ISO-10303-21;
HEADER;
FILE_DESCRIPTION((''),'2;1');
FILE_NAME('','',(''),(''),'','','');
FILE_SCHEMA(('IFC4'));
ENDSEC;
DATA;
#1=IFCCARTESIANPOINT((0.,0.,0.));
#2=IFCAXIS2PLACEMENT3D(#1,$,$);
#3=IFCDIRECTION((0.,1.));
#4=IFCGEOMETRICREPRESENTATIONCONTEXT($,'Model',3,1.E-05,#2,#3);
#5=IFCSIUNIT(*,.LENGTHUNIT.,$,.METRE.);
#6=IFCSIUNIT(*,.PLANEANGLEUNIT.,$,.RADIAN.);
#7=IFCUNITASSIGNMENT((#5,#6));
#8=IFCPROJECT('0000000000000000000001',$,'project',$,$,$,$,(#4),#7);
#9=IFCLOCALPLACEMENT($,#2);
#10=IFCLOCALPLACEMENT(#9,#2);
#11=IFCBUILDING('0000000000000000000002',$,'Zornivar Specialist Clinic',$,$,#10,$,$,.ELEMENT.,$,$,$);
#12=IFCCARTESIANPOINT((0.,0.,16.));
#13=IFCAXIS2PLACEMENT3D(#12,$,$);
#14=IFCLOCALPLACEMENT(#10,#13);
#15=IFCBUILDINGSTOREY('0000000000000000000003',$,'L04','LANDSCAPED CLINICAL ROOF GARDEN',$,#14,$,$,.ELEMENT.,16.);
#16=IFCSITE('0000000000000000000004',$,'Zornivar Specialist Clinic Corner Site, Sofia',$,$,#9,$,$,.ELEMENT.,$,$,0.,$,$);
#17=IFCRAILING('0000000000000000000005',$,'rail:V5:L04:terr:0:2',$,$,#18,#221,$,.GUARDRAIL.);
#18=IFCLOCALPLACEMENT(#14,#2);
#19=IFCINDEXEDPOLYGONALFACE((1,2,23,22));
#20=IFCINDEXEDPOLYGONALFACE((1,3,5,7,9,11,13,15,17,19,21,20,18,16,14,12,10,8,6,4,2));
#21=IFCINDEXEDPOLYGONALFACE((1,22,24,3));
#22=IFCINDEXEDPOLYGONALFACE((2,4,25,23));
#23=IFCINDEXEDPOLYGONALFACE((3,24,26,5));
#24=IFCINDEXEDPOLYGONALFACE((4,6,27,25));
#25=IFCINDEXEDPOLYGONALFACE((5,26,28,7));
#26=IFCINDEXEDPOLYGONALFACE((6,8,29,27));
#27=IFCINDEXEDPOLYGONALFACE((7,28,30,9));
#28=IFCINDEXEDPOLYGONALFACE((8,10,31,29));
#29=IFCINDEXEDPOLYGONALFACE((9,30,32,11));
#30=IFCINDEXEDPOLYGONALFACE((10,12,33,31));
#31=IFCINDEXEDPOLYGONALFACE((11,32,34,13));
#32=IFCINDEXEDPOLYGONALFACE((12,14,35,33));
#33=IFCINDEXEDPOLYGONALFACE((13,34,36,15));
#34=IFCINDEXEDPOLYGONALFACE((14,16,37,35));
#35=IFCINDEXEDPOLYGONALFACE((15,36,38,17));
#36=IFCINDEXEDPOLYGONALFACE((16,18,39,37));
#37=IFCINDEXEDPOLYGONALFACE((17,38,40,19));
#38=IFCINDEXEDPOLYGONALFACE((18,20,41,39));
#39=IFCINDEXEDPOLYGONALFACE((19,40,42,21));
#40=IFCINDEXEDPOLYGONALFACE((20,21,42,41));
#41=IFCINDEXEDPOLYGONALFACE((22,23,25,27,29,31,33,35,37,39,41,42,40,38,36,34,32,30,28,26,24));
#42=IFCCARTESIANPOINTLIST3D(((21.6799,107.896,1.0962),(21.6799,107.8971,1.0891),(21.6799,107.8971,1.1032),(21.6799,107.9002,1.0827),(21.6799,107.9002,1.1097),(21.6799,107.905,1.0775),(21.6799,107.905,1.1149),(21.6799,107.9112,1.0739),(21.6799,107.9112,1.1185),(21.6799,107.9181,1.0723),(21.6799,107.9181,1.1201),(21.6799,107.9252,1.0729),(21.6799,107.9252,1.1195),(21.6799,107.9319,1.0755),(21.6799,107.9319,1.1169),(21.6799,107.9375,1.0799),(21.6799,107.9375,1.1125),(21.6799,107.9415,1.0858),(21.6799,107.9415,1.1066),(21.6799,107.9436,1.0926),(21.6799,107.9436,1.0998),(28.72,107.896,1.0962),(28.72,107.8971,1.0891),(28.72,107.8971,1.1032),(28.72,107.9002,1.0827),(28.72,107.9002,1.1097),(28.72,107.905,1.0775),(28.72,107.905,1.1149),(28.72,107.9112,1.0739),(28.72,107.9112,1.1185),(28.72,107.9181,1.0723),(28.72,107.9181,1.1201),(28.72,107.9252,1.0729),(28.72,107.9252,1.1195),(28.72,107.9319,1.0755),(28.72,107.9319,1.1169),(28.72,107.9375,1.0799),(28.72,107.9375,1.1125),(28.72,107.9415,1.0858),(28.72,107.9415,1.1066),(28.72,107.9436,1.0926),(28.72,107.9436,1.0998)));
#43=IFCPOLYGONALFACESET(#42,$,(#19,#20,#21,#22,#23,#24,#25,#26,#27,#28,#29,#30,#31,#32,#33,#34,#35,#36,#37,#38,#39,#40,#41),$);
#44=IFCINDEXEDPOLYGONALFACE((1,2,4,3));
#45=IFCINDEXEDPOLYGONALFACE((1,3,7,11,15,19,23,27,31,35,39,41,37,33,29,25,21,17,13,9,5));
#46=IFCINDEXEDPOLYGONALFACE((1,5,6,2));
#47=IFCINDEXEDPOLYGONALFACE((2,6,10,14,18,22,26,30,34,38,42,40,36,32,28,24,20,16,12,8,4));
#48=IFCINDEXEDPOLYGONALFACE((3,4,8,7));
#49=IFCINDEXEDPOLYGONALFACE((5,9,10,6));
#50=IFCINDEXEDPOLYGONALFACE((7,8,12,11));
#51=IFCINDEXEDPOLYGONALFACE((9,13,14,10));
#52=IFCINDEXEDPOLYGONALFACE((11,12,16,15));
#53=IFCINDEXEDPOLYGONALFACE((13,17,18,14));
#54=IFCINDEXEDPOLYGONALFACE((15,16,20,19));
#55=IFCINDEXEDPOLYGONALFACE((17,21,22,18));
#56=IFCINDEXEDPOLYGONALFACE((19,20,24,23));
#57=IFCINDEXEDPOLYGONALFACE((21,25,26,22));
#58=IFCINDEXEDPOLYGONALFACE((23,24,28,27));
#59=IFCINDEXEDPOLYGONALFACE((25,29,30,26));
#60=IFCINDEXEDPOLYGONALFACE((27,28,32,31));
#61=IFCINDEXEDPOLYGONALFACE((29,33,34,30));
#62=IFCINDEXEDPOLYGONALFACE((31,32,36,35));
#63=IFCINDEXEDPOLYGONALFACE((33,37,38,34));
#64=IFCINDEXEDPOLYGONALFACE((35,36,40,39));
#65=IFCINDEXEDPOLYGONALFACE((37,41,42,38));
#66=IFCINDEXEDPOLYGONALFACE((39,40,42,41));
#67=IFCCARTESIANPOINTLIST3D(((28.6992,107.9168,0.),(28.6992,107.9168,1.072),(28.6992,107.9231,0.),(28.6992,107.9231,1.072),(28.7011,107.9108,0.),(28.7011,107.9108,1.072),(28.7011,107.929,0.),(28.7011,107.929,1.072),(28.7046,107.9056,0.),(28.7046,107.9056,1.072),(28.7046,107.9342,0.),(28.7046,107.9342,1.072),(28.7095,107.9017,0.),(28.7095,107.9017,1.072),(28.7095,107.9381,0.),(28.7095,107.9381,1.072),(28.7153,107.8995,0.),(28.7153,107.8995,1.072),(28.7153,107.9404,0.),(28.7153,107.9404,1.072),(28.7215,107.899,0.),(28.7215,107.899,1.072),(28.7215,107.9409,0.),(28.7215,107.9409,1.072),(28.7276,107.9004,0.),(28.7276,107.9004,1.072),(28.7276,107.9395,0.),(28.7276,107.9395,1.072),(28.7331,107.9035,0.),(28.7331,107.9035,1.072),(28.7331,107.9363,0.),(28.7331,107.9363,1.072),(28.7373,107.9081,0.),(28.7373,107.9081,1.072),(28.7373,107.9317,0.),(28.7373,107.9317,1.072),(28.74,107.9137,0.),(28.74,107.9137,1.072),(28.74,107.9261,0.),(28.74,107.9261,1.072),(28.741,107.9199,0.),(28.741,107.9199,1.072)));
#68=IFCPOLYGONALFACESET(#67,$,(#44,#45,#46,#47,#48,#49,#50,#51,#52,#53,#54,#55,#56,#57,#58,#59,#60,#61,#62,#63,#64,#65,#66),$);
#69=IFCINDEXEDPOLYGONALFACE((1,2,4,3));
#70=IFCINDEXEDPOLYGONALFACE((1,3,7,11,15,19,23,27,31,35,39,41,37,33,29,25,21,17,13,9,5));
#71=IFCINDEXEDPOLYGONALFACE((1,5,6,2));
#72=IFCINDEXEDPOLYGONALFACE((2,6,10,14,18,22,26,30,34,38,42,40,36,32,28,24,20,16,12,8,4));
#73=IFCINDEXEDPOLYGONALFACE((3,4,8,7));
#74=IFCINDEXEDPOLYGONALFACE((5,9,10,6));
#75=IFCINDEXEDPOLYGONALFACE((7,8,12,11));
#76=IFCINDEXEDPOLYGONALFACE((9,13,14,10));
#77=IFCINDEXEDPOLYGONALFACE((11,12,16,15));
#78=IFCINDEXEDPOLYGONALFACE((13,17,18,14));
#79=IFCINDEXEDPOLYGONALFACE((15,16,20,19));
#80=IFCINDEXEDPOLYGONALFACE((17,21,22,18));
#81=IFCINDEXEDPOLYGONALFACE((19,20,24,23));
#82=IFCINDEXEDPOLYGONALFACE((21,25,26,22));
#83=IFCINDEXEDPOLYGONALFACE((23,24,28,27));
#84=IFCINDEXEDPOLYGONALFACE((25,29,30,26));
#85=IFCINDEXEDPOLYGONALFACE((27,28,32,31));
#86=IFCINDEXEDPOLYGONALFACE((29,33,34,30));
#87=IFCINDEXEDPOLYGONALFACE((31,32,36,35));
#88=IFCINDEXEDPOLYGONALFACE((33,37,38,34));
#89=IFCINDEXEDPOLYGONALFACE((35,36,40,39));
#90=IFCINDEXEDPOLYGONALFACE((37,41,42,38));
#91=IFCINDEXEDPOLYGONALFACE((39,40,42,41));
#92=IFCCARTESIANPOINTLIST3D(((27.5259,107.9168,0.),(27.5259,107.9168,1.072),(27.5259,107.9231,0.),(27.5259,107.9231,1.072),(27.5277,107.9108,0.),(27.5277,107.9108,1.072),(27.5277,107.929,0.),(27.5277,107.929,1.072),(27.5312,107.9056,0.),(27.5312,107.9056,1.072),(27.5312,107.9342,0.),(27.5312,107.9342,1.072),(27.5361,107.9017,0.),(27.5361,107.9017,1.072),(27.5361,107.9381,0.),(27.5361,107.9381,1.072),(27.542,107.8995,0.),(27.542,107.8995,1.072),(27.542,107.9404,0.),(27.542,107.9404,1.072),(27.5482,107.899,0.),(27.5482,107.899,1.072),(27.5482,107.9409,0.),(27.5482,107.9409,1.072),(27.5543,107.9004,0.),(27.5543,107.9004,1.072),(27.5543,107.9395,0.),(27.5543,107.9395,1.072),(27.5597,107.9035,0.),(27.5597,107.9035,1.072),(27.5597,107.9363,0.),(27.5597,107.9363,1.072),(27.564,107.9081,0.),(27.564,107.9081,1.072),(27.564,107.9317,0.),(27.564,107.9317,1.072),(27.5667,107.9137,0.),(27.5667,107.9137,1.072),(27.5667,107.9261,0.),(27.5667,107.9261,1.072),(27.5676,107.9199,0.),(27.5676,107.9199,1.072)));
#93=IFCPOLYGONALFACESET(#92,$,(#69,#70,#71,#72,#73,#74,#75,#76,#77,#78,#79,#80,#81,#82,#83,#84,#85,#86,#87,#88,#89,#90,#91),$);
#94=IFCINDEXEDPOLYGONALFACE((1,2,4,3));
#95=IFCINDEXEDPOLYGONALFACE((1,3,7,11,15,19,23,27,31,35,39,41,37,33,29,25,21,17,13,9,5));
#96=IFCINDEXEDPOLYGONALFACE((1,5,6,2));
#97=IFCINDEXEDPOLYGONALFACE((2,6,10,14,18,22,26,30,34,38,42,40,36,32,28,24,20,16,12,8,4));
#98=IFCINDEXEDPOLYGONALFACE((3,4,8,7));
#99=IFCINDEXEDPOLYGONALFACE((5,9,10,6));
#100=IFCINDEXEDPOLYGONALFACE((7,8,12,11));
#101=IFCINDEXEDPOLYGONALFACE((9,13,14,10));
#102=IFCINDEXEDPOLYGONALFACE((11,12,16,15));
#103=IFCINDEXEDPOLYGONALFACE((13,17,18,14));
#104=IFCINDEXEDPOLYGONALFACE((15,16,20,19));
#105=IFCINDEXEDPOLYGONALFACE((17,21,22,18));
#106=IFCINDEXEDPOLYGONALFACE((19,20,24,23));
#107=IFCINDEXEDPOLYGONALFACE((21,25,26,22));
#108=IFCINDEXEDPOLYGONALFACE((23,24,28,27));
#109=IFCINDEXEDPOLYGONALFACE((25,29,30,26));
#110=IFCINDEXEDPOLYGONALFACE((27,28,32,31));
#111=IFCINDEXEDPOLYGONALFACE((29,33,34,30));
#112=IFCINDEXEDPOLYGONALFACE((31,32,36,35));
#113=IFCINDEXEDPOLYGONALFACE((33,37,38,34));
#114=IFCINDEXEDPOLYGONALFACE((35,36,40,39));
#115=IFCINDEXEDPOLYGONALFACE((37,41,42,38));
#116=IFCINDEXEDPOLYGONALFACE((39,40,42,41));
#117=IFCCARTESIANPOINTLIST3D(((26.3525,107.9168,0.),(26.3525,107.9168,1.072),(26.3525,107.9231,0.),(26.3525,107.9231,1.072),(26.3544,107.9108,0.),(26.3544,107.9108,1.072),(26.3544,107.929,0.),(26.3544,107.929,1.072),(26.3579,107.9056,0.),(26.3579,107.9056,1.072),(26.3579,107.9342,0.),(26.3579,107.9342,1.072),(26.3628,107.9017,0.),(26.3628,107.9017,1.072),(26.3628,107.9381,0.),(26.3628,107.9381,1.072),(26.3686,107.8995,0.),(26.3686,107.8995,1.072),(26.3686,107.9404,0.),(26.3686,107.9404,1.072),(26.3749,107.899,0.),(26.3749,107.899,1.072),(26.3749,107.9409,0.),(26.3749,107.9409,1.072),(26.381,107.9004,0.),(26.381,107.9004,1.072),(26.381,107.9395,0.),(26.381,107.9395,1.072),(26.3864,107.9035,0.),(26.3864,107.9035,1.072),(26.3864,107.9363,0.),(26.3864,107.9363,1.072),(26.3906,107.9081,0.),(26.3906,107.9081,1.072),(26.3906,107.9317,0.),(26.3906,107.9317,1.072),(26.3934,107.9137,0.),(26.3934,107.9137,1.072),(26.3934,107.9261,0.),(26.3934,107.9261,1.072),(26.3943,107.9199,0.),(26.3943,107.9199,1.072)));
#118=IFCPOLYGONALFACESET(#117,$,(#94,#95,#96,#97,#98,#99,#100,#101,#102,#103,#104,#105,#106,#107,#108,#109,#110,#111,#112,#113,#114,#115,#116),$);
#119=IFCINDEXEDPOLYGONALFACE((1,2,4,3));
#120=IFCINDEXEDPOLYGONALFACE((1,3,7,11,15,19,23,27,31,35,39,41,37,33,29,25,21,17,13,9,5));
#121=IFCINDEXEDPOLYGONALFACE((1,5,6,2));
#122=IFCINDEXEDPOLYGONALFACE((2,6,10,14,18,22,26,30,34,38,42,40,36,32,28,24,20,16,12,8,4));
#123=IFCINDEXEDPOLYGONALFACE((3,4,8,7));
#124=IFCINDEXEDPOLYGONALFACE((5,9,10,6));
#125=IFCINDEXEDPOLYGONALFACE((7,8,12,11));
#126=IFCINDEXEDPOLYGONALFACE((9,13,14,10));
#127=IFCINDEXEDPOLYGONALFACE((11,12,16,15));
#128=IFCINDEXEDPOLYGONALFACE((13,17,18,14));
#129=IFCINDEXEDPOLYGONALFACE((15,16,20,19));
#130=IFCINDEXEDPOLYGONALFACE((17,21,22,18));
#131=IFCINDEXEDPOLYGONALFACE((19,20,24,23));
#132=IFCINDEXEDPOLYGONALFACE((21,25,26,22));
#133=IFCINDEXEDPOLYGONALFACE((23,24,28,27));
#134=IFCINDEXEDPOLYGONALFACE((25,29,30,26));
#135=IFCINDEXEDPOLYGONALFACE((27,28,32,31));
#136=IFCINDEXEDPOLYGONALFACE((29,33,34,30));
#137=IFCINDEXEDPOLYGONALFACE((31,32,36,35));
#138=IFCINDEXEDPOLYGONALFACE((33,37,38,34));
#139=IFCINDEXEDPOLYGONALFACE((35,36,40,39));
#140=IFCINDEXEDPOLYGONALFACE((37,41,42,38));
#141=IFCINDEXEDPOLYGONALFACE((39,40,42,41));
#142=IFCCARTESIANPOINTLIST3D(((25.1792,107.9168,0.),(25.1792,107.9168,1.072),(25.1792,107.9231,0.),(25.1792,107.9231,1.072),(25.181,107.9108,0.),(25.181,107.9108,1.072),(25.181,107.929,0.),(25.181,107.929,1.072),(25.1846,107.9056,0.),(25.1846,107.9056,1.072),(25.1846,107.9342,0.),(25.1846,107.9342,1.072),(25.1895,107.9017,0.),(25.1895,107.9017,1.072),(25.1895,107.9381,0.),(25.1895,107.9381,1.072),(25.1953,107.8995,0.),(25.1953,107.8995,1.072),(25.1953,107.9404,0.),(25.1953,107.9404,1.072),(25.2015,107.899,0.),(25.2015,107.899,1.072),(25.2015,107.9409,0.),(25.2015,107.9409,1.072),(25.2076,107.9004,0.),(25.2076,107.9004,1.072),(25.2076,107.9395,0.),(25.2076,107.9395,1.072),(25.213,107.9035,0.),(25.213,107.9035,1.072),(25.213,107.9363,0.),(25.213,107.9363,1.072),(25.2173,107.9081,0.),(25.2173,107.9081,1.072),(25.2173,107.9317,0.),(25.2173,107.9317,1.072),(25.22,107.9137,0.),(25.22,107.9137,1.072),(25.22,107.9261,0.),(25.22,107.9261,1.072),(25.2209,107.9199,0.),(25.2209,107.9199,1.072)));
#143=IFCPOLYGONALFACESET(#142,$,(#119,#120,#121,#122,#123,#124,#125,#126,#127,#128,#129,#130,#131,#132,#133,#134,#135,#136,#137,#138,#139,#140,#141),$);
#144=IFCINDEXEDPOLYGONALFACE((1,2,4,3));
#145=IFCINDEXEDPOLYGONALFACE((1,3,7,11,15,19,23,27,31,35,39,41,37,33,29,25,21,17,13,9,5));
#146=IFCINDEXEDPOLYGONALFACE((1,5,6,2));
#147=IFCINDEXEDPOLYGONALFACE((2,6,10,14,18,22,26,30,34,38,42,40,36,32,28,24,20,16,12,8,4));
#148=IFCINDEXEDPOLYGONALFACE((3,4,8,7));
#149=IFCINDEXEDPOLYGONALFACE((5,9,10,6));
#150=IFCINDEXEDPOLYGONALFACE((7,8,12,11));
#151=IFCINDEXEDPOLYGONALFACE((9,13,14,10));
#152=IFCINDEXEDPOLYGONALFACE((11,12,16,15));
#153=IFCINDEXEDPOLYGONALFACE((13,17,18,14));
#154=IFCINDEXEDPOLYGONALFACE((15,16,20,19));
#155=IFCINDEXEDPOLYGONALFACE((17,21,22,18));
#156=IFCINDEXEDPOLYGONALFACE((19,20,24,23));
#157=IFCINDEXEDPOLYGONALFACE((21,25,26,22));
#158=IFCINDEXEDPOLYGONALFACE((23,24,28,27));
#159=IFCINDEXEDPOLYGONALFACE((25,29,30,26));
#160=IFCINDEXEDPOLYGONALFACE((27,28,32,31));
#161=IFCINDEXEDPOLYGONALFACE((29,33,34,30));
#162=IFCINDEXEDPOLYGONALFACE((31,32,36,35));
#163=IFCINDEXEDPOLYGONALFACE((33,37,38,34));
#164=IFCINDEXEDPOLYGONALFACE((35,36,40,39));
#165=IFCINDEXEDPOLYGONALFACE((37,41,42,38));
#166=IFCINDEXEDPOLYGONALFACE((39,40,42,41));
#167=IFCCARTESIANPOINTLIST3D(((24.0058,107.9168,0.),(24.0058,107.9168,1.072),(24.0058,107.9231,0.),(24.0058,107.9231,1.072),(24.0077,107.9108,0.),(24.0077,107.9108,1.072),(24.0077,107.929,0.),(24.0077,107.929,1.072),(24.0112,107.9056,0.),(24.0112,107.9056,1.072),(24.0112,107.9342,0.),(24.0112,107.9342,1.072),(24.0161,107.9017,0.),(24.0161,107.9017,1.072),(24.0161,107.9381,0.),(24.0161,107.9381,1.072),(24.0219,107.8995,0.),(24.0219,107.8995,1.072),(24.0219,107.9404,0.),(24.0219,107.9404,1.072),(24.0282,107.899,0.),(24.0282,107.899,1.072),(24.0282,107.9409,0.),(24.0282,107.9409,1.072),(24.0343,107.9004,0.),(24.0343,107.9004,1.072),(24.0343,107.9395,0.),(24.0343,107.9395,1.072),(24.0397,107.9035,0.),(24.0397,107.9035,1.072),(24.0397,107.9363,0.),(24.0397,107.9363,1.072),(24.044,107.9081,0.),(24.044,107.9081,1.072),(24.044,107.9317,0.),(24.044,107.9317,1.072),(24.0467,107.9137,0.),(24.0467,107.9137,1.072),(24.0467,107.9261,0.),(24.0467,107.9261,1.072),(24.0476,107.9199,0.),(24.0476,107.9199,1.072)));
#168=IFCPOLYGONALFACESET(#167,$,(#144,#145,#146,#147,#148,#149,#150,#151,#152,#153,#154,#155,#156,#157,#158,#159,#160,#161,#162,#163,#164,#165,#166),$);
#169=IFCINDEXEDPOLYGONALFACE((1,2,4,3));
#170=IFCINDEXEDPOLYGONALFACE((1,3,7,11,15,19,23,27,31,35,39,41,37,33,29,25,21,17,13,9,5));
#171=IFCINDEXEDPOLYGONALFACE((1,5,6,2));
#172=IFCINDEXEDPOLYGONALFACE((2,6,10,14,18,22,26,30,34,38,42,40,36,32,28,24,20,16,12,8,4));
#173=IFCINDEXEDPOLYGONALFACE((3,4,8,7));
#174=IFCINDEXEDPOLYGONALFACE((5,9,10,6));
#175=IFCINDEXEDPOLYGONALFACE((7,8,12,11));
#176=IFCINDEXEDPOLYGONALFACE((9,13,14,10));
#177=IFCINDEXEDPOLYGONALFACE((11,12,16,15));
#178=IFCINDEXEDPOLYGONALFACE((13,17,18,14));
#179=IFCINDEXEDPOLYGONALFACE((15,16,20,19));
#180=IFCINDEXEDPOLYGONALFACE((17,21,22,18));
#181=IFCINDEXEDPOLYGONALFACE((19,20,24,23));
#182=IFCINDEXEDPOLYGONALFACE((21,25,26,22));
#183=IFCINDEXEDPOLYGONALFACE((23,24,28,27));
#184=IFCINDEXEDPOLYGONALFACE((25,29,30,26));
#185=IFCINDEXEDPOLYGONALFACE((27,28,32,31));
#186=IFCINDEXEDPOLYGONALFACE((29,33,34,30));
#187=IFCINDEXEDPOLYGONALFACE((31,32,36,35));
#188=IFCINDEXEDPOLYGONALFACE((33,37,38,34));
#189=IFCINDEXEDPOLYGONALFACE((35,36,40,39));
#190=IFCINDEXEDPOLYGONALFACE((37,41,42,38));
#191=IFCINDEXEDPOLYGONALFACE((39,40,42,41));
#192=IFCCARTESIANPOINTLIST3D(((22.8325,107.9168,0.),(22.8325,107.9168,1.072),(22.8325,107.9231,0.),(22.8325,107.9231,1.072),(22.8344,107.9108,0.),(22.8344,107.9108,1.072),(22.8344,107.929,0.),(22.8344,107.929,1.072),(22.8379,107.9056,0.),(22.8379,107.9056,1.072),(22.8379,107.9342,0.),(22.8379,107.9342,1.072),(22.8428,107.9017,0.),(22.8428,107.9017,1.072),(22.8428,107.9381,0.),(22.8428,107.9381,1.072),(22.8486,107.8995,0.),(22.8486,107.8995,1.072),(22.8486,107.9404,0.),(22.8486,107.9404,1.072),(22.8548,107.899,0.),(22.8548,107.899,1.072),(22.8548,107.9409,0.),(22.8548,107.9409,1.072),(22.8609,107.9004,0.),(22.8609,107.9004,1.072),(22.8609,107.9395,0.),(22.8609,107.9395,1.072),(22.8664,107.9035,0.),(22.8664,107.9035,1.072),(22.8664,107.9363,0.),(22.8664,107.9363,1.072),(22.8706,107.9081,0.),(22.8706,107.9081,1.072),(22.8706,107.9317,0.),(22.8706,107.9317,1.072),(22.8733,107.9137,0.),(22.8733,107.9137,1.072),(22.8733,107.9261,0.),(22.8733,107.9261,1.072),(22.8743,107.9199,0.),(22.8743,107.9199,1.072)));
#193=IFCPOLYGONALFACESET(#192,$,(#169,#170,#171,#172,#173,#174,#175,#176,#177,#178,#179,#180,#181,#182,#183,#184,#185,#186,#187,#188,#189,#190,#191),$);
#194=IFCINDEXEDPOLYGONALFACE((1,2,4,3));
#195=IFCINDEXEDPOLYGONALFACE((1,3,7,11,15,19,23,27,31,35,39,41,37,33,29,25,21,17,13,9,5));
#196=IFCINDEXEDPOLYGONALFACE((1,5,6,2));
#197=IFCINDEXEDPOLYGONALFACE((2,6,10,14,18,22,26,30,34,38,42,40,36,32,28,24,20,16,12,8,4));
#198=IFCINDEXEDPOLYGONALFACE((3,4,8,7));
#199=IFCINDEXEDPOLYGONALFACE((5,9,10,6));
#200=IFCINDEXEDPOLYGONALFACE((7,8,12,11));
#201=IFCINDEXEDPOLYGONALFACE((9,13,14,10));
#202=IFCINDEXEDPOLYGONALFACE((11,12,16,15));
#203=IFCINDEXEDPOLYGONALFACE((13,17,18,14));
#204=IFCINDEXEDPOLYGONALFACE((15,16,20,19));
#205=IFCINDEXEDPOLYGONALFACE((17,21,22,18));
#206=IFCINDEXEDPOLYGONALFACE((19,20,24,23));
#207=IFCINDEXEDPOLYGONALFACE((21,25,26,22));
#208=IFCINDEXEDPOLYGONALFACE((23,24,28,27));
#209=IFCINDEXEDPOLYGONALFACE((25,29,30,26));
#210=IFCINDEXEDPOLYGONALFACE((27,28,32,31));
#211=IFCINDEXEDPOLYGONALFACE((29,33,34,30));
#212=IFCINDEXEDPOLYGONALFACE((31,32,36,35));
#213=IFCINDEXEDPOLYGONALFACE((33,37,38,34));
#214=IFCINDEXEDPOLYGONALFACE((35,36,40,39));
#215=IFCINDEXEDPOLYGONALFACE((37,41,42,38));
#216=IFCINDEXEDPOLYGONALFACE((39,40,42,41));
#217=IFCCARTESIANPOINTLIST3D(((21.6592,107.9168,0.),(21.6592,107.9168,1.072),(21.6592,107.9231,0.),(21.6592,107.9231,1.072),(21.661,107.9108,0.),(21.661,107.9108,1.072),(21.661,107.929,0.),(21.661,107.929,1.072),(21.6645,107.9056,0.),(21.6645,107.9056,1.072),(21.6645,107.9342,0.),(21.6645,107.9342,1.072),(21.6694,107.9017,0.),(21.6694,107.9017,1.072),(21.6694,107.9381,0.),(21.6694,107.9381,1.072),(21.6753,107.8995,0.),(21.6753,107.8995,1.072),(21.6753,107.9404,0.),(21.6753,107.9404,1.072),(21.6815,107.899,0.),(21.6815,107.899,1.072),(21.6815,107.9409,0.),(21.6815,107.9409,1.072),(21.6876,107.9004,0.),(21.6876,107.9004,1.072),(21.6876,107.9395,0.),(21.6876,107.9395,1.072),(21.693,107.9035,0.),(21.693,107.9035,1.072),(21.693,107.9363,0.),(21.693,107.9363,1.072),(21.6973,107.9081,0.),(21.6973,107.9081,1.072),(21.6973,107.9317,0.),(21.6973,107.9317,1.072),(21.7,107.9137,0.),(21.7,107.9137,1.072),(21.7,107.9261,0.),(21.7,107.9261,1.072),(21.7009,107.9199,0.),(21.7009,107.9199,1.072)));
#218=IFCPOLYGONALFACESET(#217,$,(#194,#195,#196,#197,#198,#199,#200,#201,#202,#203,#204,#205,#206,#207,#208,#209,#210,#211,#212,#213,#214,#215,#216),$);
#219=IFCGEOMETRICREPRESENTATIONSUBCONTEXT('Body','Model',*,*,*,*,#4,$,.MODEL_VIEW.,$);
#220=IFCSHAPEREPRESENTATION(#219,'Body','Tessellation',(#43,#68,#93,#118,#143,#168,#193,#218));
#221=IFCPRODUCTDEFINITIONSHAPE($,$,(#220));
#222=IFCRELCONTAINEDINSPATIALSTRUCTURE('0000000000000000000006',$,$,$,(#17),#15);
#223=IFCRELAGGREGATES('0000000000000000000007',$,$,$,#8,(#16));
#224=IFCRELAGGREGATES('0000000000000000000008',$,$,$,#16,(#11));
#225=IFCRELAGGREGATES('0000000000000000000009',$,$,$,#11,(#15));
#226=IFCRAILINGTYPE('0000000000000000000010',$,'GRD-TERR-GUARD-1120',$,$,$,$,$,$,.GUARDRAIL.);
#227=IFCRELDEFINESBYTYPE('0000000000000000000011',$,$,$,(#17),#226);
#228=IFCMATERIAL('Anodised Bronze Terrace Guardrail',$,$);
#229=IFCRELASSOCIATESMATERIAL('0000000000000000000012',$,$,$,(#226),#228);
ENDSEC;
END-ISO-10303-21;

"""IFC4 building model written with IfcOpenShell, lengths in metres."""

from ifc_helpers import new_model, si_unit, direction, frame, origin, origin_2d, place, context, subcontext, project, spatial, circle, extrude, material, type_object, element, save


model = new_model("IFC4")

# Units and contexts
model_context = context("Model", 3, precision=1e-05, world=origin(), true_north=direction((0.0, 1.0)))
body_context = subcontext(model_context, "Body", "Model", "MODEL_VIEW")
ifc_project = project(units=[si_unit("LENGTHUNIT", "METRE"), si_unit("PLANEANGLEUNIT", "RADIAN")], contexts=[model_context])

# Site, building, storey
site_placement = place(None, origin())
site = spatial("IfcSite", under=ifc_project, at=site_placement, Name="Zornivar Specialist Clinic Corner Site, Sofia", CompositionType="ELEMENT", RefElevation=0.0)
building_placement = place(site_placement, origin())
building = spatial("IfcBuilding", under=site, at=building_placement, Name="Zornivar Specialist Clinic", CompositionType="ELEMENT")
storey_placement = place(building_placement, frame((0.0, 0.0, 16.0)))
storey = spatial("IfcBuildingStorey", under=building, at=storey_placement, Name="L04", Description="LANDSCAPED CLINICAL ROOF GARDEN", CompositionType="ELEMENT", Elevation=16.0)

# Railing
ifc_material_1 = material(Name="Anodised Bronze Terrace Guardrail")
railing_type = type_object("IfcRailingType", Name="GRD-TERR-GUARD-1120", PredefinedType="GUARDRAIL", material=ifc_material_1)
railing_1_placement = place(storey_placement, frame((28.72, 107.9199, 0.0)))
element("IfcRailing", 1, at=railing_1_placement, inside=storey, type_object=railing_type, Name="rail:V5:L04:terr:0:2", PredefinedType="GUARDRAIL", context=body_context, shape_type="SweptSolid", body=[
    extrude(circle(Radius=0.0239, at=origin_2d()), frame((0.0, 0.0, 1.0962), z_axis=(-1.0, 0.0, 0.0), x_axis=(0.0, -1.0, 0.0)), (0.0, 0.0, 1.0), 7.04),
    extrude(circle(Radius=0.021, at=origin_2d()), origin(), (0.0, 0.0, 1.0), 1.072),
    extrude(circle(Radius=0.021, at=origin_2d()), frame((-1.1733, 0.0, 0.0)), (0.0, 0.0, 1.0), 1.072),
    extrude(circle(Radius=0.021, at=origin_2d()), frame((-2.3467, 0.0, 0.0)), (0.0, 0.0, 1.0), 1.072),
    extrude(circle(Radius=0.021, at=origin_2d()), frame((-3.52, 0.0, 0.0)), (0.0, 0.0, 1.0), 1.072),
    extrude(circle(Radius=0.021, at=origin_2d()), frame((-4.6934, 0.0, 0.0)), (0.0, 0.0, 1.0), 1.072),
    extrude(circle(Radius=0.021, at=origin_2d()), frame((-5.8667, 0.0, 0.0)), (0.0, 0.0, 1.0), 1.072),
    extrude(circle(Radius=0.021, at=origin_2d()), frame((-7.04, 0.0, 0.0)), (0.0, 0.0, 1.0), 1.072),
])

save(model, "model.ifc")
